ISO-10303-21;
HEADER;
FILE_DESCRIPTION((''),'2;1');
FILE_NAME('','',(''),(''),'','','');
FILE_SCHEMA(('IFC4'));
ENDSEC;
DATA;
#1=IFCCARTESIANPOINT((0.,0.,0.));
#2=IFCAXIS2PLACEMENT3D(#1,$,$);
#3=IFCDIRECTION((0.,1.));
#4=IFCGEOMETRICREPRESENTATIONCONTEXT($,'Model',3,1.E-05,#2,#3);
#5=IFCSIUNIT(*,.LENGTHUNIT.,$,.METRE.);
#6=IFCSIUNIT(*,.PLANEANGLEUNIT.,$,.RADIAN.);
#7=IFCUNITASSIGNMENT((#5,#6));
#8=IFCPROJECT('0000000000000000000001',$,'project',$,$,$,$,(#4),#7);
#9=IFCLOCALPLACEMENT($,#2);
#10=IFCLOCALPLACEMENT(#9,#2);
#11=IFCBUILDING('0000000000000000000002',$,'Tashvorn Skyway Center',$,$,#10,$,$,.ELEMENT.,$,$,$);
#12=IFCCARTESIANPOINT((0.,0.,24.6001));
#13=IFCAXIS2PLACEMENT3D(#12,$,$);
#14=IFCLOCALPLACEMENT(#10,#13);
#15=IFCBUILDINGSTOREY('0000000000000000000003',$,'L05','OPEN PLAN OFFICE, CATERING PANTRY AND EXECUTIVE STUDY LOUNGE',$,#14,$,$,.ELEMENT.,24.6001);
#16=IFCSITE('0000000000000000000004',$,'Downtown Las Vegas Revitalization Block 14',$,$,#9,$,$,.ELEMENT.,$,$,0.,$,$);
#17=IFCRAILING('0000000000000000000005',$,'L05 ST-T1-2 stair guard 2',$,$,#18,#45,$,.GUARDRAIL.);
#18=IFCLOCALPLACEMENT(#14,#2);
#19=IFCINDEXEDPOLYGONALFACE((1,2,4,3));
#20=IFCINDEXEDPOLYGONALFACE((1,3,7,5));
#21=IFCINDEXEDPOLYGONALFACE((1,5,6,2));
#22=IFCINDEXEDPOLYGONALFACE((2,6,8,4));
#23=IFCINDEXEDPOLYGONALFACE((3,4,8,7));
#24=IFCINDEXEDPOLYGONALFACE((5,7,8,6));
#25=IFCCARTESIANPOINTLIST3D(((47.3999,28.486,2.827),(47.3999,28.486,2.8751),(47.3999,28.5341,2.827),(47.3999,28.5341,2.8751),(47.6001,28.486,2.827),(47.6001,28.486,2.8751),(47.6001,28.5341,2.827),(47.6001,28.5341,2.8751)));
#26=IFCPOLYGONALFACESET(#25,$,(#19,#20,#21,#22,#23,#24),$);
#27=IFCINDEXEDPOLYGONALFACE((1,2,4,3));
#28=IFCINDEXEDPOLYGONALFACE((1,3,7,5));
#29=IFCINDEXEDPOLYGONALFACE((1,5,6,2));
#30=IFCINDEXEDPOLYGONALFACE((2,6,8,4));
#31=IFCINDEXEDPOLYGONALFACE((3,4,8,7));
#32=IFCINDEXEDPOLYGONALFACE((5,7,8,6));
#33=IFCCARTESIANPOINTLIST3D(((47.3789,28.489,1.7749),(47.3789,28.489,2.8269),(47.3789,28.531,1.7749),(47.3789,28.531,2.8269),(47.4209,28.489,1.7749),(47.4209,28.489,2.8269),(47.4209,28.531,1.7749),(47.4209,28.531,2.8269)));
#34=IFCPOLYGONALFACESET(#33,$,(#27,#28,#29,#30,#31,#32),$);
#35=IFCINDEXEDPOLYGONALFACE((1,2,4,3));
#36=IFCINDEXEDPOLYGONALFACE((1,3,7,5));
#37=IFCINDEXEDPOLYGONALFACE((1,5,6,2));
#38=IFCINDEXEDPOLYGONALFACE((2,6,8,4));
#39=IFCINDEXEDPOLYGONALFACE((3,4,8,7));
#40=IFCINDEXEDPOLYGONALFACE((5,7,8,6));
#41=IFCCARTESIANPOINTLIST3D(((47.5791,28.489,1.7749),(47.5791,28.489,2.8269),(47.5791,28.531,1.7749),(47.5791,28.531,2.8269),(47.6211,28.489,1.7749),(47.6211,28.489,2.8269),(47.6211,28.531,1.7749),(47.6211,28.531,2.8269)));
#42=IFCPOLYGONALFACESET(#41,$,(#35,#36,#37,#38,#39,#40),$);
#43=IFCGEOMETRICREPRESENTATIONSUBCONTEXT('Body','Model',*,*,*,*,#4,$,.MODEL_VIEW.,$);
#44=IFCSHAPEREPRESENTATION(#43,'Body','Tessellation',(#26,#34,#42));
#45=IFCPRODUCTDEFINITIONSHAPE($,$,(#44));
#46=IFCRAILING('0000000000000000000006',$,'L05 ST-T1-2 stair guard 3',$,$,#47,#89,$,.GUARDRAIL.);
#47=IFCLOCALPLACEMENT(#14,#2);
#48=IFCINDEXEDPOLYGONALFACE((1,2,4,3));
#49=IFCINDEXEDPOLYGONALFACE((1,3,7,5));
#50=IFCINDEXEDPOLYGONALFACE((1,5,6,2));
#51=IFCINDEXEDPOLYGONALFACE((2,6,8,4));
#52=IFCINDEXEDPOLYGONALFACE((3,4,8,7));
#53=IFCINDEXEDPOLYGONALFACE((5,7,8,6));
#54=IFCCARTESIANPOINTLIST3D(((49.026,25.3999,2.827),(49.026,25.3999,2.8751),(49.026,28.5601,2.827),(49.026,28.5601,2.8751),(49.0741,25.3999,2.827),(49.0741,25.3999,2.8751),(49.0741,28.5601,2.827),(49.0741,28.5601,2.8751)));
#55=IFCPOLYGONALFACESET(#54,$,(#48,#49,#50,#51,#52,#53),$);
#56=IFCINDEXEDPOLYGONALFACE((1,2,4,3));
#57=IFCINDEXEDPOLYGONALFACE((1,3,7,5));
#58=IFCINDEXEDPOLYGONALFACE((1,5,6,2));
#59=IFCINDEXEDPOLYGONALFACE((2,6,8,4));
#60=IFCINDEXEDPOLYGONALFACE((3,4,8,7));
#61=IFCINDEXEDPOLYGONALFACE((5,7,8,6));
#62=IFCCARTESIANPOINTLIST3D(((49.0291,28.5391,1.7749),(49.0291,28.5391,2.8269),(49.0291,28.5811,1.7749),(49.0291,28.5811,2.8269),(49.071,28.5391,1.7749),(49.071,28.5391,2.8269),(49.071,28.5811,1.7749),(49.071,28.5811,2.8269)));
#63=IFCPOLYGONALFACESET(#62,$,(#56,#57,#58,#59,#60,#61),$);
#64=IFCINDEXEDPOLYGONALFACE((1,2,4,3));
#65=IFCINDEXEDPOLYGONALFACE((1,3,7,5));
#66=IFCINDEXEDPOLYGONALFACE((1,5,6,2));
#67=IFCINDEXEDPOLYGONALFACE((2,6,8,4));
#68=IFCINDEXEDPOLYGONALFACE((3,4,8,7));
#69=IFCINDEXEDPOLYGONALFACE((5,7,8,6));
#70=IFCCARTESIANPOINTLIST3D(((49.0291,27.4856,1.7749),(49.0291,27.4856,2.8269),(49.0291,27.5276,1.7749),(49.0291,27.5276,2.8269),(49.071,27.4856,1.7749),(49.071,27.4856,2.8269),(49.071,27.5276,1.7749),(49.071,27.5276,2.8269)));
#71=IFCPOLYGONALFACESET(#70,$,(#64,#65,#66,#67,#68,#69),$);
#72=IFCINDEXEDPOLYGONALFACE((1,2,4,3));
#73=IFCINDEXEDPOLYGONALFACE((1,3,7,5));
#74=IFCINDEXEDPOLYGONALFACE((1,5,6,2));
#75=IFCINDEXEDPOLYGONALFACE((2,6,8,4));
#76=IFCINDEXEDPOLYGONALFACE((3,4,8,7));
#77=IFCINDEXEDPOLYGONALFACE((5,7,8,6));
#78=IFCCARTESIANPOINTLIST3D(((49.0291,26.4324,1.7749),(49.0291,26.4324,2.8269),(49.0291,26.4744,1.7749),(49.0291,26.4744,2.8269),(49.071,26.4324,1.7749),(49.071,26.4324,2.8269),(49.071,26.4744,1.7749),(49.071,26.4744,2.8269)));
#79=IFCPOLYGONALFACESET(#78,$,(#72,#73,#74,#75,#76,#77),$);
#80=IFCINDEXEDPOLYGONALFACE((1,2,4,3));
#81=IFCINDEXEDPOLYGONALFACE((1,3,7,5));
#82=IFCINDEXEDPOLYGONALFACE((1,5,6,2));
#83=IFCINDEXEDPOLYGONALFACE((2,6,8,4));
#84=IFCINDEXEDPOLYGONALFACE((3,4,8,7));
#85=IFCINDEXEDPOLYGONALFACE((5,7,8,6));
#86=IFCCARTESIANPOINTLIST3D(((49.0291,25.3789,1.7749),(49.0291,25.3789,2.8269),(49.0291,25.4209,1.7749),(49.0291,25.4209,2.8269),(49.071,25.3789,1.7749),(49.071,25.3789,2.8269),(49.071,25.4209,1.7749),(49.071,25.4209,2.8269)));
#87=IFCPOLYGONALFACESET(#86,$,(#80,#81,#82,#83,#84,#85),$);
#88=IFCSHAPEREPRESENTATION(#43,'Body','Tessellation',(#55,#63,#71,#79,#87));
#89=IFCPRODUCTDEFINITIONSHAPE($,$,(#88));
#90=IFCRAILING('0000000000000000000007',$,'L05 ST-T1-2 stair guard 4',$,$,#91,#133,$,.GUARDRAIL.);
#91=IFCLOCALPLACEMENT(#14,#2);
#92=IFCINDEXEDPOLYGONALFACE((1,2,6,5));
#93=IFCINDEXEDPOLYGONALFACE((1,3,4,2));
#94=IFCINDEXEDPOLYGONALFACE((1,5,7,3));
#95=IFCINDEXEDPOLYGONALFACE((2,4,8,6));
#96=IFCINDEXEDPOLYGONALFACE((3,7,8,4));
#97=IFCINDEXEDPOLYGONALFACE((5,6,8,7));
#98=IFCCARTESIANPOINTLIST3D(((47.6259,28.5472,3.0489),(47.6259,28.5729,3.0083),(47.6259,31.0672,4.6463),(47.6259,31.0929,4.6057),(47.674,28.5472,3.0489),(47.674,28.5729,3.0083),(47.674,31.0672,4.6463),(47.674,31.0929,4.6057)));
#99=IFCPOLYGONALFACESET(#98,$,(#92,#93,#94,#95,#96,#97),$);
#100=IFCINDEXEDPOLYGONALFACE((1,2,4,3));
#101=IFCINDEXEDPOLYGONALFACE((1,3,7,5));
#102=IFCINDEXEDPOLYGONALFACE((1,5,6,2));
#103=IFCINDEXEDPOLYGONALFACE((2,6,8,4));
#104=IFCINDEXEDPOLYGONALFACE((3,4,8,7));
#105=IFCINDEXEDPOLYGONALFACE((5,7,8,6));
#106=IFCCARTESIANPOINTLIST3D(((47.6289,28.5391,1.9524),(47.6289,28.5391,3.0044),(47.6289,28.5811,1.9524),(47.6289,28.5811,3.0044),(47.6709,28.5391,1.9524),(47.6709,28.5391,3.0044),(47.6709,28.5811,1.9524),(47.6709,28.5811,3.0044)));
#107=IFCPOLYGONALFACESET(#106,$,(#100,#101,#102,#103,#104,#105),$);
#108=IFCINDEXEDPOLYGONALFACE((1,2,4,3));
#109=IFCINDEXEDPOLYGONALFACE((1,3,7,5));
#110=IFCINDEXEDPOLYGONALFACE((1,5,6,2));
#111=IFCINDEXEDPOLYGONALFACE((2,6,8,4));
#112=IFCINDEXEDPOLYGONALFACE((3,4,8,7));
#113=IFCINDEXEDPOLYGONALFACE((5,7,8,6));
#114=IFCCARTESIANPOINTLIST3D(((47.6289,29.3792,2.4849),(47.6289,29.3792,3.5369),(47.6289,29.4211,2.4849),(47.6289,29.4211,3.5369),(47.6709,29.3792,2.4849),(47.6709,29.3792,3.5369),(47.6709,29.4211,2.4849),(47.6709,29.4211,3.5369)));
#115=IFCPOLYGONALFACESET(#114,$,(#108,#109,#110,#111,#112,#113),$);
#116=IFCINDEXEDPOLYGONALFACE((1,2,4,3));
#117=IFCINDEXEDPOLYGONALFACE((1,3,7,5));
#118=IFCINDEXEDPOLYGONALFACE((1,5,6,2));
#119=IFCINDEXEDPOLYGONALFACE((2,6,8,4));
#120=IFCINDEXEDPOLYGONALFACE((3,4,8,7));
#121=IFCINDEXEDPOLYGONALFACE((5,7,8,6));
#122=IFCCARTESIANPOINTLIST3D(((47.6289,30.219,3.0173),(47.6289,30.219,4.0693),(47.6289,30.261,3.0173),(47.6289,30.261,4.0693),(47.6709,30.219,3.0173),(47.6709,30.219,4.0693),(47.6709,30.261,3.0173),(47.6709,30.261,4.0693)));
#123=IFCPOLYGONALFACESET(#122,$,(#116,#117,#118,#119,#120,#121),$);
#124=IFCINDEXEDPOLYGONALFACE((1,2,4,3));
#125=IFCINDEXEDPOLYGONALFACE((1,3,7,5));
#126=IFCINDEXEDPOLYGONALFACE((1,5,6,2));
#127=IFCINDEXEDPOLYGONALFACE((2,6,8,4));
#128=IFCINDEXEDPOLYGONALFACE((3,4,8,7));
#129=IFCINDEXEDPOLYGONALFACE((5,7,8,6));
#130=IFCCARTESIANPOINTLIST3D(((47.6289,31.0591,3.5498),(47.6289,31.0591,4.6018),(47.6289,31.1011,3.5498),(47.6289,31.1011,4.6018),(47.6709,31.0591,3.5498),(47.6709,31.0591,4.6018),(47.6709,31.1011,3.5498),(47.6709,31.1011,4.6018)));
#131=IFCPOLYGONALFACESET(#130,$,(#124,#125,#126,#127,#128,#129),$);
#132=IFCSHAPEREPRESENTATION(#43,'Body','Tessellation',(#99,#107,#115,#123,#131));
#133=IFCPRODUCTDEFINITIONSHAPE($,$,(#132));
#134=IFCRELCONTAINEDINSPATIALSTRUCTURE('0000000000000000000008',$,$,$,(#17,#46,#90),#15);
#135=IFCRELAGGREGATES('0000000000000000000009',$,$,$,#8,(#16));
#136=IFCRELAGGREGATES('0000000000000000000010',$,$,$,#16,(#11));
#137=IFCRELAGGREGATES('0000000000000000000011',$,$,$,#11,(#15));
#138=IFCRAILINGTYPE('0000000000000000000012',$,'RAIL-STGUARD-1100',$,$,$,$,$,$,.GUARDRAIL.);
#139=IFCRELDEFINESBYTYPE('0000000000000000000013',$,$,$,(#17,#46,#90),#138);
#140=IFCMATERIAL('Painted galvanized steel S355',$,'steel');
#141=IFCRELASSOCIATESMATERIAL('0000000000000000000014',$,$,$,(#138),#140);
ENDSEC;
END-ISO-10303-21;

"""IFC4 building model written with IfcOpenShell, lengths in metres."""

from ifc_helpers import new_model, si_unit, direction, frame, origin, origin_2d, place, context, subcontext, project, spatial, rectangle, extrude, material, type_object, element, save


model = new_model("IFC4")

# Units and contexts
model_context = context("Model", 3, precision=1e-05, world=origin(), true_north=direction((0.0, 1.0)))
body_context = subcontext(model_context, "Body", "Model", "MODEL_VIEW")
ifc_project = project(units=[si_unit("LENGTHUNIT", "METRE"), si_unit("PLANEANGLEUNIT", "RADIAN")], contexts=[model_context])

# Site, building, storey
site_placement = place(None, origin())
site = spatial("IfcSite", under=ifc_project, at=site_placement, Name="Downtown Las Vegas Revitalization Block 14", CompositionType="ELEMENT", RefElevation=0.0)
building_placement = place(site_placement, origin())
building = spatial("IfcBuilding", under=site, at=building_placement, Name="Tashvorn Skyway Center", CompositionType="ELEMENT")
storey_placement = place(building_placement, frame((0.0, 0.0, 24.6001)))
storey = spatial("IfcBuildingStorey", under=building, at=storey_placement, Name="L05", Description="OPEN PLAN OFFICE, CATERING PANTRY AND EXECUTIVE STUDY LOUNGE", CompositionType="ELEMENT", Elevation=24.6001)

# Railings
ifc_material_1 = material(Name="Painted galvanized steel S355", Category="steel")
railing_type_1 = type_object("IfcRailingType", Name="RAIL-STGUARD-1100", PredefinedType="GUARDRAIL", material=ifc_material_1)
railing_1_placement = place(storey_placement, frame((47.3999, 28.51, 1.7749)))
element("IfcRailing", 1, at=railing_1_placement, inside=storey, type_object=railing_type_1, Name="L05 ST-T1-2 stair guard 2", PredefinedType="GUARDRAIL", context=body_context, shape_type="SweptSolid", body=[
    extrude(rectangle(XDim=0.0481, YDim=0.0481, at=origin_2d()), frame((0.0, 0.0, 1.0762), z_axis=(1.0, 0.0, 0.0), x_axis=(0.0, 1.0, 0.0)), (0.0, 0.0, 1.0), 0.2002),
    extrude(rectangle(XDim=0.042, YDim=0.042, at=origin_2d()), origin(), (0.0, 0.0, 1.0), 1.052),
    extrude(rectangle(XDim=0.042, YDim=0.042, at=origin_2d()), frame((0.2002, 0.0, 0.0)), (0.0, 0.0, 1.0), 1.052),
])
railing_2_placement = place(storey_placement, frame((49.05, 28.5601, 1.7749)))
element("IfcRailing", 2, at=railing_2_placement, inside=storey, type_object=railing_type_1, Name="L05 ST-T1-2 stair guard 3", PredefinedType="GUARDRAIL", context=body_context, shape_type="SweptSolid", body=[
    extrude(rectangle(XDim=0.0481, YDim=0.0481, at=origin_2d()), frame((0.0, 0.0, 1.0762), z_axis=(0.0, -1.0, 0.0), x_axis=(1.0, 0.0, 0.0)), (0.0, 0.0, 1.0), 3.1602),
    extrude(rectangle(XDim=0.042, YDim=0.042, at=origin_2d()), origin(), (0.0, 0.0, 1.0), 1.052),
    extrude(rectangle(XDim=0.042, YDim=0.042, at=origin_2d()), frame((0.0, -1.0535, 0.0)), (0.0, 0.0, 1.0), 1.052),
    extrude(rectangle(XDim=0.042, YDim=0.042, at=origin_2d()), frame((0.0, -2.1067, 0.0)), (0.0, 0.0, 1.0), 1.052),
    extrude(rectangle(XDim=0.042, YDim=0.042, at=origin_2d()), frame((0.0, -3.1602, 0.0)), (0.0, 0.0, 1.0), 1.052),
])
railing_3_placement = place(storey_placement, frame((47.6499, 28.5601, 1.9524)))
element("IfcRailing", 3, at=railing_3_placement, inside=storey, type_object=railing_type_1, Name="L05 ST-T1-2 stair guard 4", PredefinedType="GUARDRAIL", context=body_context, shape_type="SweptSolid", body=[
    extrude(rectangle(XDim=0.0481, YDim=0.0481, at=origin_2d()), frame((0.0, 0.0, 1.0762), z_axis=(0.0, 0.844607, 0.535387), x_axis=(-1.0, 0.0, 0.0)), (0.0, 0.0, 1.0), 2.9836),
    extrude(rectangle(XDim=0.042, YDim=0.042, at=origin_2d()), origin(), (0.0, 0.0, 1.0), 1.052),
    extrude(rectangle(XDim=0.042, YDim=0.042, at=origin_2d()), frame((0.0, 0.8401, 0.5325)), (0.0, 0.0, 1.0), 1.052),
    extrude(rectangle(XDim=0.042, YDim=0.042, at=origin_2d()), frame((0.0, 1.6799, 1.0649)), (0.0, 0.0, 1.0), 1.052),
    extrude(rectangle(XDim=0.042, YDim=0.042, at=origin_2d()), frame((0.0, 2.52, 1.5974)), (0.0, 0.0, 1.0), 1.052),
])

save(model, "model.ifc")
